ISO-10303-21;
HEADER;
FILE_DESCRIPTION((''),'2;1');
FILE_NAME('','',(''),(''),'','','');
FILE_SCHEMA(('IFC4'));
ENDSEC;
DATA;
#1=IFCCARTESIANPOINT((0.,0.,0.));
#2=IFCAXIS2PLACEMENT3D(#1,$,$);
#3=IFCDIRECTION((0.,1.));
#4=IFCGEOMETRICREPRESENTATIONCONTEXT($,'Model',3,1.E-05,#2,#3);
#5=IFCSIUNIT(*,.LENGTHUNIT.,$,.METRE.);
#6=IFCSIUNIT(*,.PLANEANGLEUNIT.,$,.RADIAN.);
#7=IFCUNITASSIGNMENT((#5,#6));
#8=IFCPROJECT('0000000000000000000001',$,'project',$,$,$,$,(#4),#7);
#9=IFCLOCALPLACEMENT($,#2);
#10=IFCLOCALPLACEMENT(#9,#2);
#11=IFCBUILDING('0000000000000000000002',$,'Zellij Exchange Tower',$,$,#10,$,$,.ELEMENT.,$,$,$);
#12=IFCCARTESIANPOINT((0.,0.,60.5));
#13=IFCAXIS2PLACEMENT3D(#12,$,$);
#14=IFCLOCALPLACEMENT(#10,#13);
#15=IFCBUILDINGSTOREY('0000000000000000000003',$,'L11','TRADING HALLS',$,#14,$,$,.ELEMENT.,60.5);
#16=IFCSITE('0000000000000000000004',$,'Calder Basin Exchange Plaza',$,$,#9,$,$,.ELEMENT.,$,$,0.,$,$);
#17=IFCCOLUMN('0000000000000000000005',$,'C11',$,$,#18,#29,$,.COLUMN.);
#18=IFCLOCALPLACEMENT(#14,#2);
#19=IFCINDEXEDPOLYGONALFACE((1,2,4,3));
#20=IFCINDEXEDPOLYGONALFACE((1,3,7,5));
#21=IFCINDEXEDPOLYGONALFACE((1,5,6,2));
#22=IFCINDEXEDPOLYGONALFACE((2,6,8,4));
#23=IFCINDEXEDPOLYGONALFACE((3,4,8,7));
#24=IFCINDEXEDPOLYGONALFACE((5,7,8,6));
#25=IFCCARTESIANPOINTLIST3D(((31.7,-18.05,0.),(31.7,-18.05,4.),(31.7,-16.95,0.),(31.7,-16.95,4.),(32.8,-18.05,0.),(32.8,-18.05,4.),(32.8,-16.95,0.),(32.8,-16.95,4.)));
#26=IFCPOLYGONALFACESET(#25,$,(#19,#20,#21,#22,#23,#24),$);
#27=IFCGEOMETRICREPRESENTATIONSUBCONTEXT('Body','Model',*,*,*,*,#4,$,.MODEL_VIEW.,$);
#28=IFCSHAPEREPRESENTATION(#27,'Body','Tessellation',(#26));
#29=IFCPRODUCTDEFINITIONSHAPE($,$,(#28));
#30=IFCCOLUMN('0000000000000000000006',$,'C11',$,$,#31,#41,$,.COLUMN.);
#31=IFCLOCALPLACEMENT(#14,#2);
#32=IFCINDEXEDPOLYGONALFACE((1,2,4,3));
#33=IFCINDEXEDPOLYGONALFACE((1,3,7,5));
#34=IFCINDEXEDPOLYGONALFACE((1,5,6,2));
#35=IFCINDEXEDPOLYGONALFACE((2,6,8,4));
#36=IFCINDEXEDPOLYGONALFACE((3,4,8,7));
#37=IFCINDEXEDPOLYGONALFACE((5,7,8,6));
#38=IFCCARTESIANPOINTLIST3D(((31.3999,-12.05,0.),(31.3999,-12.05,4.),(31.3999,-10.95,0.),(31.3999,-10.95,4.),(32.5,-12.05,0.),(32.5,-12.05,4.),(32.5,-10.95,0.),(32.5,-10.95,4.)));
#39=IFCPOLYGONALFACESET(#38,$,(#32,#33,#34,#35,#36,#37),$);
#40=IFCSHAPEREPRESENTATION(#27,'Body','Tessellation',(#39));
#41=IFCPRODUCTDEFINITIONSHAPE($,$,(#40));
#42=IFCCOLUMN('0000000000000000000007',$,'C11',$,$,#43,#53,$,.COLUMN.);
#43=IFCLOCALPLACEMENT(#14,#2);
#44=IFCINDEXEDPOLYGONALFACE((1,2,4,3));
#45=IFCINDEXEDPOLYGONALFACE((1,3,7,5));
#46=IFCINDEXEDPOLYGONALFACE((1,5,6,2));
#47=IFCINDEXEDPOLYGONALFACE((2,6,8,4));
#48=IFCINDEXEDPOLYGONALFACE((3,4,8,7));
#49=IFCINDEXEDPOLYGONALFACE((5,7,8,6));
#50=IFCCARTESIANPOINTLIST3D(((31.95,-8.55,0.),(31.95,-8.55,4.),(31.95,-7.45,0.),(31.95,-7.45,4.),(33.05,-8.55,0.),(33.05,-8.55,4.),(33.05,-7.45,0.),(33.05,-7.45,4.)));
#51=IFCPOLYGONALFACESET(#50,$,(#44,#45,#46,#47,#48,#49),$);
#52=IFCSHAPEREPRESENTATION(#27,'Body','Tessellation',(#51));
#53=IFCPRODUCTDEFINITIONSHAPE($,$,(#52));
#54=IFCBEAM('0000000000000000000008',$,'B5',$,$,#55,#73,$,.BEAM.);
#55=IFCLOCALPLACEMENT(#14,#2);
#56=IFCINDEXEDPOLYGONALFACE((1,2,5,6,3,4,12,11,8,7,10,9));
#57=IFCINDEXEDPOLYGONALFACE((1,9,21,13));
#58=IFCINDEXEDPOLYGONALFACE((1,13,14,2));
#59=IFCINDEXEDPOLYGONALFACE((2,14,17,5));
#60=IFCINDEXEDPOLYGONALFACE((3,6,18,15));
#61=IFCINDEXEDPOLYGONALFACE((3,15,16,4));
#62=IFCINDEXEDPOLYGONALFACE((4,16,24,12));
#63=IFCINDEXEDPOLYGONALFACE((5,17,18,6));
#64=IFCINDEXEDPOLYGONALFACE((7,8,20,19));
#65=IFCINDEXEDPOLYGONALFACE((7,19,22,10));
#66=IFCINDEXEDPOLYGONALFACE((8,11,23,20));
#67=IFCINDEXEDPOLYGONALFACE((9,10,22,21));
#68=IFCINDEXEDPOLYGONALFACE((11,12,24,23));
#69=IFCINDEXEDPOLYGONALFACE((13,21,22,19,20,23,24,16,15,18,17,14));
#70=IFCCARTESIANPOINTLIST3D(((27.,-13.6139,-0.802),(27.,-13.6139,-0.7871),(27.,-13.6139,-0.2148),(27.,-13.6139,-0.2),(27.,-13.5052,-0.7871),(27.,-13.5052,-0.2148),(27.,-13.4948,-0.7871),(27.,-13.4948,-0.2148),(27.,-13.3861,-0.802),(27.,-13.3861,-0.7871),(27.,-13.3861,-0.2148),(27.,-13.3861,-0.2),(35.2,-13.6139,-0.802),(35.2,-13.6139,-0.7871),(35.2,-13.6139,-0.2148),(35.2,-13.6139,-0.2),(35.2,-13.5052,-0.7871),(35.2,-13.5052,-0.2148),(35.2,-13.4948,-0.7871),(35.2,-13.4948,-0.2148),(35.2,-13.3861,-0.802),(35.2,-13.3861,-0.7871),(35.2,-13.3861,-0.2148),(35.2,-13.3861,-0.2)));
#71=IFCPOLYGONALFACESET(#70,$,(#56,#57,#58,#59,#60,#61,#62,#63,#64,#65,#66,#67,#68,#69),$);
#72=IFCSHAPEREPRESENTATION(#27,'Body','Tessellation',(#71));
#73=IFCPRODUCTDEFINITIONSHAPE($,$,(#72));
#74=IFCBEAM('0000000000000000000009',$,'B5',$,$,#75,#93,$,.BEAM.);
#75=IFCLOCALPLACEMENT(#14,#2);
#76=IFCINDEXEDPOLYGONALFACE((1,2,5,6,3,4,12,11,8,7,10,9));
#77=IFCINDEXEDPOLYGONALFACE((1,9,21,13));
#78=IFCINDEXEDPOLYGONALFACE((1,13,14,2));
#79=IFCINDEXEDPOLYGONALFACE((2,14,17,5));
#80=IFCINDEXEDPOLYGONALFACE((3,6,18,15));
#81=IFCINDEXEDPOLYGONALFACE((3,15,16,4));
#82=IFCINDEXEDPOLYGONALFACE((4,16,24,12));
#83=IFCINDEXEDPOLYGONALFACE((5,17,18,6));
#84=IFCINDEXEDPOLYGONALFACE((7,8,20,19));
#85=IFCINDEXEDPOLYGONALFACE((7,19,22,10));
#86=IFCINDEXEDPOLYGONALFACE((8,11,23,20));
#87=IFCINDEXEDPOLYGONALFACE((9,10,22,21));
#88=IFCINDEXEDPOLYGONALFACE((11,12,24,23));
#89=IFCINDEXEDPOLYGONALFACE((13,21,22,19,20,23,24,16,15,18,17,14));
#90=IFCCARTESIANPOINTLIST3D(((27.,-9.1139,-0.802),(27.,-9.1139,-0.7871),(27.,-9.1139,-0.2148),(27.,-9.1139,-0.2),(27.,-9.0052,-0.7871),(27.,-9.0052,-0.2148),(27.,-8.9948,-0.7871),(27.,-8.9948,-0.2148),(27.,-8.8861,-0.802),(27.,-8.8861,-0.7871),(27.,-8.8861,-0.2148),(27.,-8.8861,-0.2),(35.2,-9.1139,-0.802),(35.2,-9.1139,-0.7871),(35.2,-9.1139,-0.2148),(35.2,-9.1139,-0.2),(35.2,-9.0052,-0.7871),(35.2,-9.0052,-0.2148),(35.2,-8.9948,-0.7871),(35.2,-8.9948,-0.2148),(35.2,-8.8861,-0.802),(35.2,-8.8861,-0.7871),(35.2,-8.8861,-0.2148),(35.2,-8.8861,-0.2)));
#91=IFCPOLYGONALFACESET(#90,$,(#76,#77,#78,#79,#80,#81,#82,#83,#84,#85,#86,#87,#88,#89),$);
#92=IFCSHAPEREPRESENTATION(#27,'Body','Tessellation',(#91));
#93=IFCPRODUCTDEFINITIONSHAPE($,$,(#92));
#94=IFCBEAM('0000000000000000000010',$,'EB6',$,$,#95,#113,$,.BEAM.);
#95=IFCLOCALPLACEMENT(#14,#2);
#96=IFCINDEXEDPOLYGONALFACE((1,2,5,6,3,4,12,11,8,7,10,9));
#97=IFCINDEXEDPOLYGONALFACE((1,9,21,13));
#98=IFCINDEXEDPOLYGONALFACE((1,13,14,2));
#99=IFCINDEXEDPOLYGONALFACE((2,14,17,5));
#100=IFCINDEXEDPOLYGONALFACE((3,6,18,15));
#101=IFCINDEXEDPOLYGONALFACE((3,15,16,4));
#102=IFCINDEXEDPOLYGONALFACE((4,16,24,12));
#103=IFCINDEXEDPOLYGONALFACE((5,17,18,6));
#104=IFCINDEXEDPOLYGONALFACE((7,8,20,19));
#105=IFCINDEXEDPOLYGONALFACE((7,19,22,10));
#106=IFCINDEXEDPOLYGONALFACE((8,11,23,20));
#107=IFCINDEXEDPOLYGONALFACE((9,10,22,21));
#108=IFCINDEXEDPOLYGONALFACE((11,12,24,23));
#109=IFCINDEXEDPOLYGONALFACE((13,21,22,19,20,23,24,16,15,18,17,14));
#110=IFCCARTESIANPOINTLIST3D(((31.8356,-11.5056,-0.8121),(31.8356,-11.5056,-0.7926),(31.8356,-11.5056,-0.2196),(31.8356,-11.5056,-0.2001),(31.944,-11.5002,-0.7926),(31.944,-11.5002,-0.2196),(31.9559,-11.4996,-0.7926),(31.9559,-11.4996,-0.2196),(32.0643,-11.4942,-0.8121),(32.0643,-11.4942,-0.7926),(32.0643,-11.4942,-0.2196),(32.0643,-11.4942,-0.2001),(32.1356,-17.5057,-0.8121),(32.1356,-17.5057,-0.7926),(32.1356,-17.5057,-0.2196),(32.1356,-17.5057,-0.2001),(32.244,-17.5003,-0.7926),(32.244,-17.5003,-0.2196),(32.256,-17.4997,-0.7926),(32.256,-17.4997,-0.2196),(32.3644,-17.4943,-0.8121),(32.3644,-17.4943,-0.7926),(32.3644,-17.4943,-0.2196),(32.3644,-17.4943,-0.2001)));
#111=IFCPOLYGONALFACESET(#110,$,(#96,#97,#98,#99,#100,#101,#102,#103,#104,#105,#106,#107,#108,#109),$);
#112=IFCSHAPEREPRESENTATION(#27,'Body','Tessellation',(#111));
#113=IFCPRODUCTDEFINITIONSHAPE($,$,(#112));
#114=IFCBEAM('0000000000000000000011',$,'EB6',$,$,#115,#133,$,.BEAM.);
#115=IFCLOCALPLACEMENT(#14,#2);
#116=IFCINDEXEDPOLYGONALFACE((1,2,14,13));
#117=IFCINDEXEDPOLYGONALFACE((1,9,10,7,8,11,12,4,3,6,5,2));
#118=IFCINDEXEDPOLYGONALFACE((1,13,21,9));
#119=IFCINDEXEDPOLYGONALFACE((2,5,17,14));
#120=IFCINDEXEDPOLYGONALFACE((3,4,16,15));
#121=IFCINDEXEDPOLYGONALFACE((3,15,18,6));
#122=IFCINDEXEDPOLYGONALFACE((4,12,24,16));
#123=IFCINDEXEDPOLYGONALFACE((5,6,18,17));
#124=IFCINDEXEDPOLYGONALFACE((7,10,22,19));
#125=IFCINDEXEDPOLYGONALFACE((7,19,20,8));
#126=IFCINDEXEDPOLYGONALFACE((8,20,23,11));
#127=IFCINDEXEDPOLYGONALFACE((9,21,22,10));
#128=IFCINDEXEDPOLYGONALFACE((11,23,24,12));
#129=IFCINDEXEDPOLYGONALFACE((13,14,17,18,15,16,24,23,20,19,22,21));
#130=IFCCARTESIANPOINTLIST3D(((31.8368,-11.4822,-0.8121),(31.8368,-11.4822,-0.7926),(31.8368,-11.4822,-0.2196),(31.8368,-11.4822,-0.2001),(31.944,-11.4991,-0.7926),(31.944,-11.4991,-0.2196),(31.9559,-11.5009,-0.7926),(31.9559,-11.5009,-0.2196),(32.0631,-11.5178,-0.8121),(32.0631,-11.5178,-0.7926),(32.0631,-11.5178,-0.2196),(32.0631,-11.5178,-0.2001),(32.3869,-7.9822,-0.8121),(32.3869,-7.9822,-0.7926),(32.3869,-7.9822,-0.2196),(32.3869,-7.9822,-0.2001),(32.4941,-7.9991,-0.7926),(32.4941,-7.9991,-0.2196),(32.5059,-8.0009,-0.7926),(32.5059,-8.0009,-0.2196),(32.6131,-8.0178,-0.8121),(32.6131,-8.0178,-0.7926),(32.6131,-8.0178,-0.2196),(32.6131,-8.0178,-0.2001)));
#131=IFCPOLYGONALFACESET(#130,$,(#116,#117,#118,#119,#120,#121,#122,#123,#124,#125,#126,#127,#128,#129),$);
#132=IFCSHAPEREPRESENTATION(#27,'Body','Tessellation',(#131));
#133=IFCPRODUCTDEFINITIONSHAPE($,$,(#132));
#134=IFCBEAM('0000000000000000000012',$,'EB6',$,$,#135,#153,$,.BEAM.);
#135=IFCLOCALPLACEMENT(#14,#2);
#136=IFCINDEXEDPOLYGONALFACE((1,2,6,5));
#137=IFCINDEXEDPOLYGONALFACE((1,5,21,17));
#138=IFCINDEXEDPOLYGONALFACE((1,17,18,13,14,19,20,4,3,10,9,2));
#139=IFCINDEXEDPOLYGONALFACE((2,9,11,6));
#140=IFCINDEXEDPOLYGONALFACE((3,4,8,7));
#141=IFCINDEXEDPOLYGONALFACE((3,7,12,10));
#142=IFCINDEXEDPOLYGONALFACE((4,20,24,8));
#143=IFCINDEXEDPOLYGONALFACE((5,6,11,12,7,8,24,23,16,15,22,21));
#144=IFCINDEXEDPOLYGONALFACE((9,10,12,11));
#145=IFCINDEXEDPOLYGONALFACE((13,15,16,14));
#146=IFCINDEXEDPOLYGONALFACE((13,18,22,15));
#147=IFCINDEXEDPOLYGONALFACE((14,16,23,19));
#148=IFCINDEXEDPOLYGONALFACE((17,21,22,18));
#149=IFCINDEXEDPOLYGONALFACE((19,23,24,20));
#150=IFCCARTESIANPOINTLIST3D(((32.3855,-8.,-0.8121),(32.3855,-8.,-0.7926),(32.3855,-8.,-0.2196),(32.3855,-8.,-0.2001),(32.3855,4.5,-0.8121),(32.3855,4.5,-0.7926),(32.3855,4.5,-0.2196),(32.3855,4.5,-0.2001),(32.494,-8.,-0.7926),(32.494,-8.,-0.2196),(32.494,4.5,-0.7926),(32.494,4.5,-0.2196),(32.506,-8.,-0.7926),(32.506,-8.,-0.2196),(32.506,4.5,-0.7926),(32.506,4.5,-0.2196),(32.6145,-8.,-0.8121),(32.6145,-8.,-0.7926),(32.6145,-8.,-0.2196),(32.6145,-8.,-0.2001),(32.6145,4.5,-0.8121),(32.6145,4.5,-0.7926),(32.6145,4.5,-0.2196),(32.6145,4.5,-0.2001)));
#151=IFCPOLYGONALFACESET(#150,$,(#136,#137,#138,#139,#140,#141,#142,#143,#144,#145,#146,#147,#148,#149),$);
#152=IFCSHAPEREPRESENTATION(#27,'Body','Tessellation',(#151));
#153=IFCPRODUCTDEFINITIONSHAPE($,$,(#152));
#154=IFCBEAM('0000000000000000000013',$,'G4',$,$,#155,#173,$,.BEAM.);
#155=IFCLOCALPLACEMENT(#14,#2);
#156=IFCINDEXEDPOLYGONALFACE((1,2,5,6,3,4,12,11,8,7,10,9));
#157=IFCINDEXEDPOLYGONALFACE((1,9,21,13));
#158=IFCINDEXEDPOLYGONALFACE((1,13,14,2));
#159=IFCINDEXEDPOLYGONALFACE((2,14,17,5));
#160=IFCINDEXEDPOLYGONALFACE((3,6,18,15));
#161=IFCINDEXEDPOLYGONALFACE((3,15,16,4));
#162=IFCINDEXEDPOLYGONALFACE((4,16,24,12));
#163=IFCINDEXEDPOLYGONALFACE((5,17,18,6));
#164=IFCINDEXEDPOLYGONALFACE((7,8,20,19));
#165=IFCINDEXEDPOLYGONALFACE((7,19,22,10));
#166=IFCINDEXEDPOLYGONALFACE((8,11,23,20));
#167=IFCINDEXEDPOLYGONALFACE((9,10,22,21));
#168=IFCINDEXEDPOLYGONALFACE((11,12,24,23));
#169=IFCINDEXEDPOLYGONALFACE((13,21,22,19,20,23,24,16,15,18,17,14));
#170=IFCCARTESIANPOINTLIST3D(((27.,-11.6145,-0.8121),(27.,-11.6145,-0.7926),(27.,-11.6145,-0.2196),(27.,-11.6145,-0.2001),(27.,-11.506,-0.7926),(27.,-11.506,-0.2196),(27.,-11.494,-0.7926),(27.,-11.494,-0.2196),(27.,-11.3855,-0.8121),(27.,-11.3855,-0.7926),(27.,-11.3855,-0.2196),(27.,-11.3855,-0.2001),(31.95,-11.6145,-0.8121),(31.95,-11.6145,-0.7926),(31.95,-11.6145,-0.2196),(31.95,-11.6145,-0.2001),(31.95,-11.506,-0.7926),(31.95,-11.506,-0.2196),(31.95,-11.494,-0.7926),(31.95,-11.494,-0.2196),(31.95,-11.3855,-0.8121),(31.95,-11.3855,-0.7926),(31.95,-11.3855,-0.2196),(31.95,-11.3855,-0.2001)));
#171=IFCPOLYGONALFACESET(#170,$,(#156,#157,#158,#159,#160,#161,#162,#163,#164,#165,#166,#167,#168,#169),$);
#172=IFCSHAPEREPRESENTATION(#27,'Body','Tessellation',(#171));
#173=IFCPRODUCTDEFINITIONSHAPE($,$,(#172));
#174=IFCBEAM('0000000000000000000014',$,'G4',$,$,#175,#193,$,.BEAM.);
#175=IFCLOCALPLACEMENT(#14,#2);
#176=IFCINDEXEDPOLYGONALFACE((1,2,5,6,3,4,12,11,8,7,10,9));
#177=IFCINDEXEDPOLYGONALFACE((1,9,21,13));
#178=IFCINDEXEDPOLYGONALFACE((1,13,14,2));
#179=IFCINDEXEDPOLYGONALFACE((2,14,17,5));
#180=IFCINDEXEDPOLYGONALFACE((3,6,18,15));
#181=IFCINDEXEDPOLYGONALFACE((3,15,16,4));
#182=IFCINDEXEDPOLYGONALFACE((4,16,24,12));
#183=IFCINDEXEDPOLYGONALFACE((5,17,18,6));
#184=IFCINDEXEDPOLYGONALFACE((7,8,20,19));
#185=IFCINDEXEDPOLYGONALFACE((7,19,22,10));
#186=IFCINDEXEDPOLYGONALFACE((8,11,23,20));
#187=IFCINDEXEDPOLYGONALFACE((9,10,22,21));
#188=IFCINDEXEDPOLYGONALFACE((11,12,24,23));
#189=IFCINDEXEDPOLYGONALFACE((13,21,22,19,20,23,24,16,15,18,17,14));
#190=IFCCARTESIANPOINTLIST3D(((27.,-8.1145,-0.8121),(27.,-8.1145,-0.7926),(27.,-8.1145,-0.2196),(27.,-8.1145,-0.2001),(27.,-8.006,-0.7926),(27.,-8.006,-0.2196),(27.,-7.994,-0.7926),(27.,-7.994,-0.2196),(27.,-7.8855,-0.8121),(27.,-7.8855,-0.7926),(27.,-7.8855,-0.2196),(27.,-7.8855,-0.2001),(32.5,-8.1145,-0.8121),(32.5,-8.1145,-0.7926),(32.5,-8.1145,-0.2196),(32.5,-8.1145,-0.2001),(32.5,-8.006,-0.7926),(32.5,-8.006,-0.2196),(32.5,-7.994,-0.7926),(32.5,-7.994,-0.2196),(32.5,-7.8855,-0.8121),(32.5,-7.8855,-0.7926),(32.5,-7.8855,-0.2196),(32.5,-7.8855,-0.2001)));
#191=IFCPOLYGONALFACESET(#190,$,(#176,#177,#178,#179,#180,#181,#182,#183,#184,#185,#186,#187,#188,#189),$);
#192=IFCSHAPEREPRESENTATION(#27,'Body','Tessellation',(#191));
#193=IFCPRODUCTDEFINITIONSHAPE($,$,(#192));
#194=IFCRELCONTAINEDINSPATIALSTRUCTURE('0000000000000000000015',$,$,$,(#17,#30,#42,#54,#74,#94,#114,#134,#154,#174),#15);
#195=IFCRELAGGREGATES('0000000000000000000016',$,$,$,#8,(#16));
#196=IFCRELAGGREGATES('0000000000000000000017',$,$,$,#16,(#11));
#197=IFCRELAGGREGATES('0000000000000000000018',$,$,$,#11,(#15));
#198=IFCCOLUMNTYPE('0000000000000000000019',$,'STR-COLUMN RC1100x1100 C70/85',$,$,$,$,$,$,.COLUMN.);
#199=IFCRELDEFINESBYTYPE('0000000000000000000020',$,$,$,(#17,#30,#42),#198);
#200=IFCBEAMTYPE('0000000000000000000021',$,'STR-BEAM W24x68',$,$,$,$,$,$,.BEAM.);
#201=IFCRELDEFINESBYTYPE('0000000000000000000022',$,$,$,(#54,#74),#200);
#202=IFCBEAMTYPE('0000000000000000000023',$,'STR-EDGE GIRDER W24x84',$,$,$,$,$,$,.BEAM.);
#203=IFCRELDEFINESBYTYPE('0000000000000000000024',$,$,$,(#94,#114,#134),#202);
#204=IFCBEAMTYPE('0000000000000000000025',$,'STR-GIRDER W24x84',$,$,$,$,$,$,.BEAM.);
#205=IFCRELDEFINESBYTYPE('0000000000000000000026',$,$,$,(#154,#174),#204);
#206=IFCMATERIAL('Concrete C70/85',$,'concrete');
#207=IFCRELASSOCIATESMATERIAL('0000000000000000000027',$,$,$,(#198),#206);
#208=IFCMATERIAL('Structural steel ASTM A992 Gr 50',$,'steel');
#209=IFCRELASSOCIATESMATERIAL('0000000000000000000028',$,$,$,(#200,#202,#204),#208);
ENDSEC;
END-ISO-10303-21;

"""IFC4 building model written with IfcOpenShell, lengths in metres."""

from ifc_helpers import new_model, si_unit, direction, frame, origin, origin_2d, place, context, subcontext, project, spatial, rectangle, i_section, extrude, material, material_profile, profile_set, type_object, element, save


model = new_model("IFC4")

# Units and contexts
model_context = context("Model", 3, precision=1e-05, world=origin(), true_north=direction((0.0, 1.0)))
body_context = subcontext(model_context, "Body", "Model", "MODEL_VIEW")
ifc_project = project(units=[si_unit("LENGTHUNIT", "METRE"), si_unit("PLANEANGLEUNIT", "RADIAN")], contexts=[model_context])

# Site, building, storey
site_placement = place(None, origin())
site = spatial("IfcSite", under=ifc_project, at=site_placement, Name="Calder Basin Exchange Plaza", CompositionType="ELEMENT", RefElevation=0.0)
building_placement = place(site_placement, origin())
building = spatial("IfcBuilding", under=site, at=building_placement, Name="Zellij Exchange Tower", CompositionType="ELEMENT")
storey_placement = place(building_placement, frame((0.0, 0.0, 60.5)))
storey = spatial("IfcBuildingStorey", under=building, at=storey_placement, Name="L11", Description="TRADING HALLS", CompositionType="ELEMENT", Elevation=60.5)

# Columns
ifc_material_1 = material(Name="Concrete C70/85", Category="concrete")
ifc_material_profile_1 = material_profile(ifc_material_1, rectangle(XDim=1.1001, YDim=1.1001, at=origin_2d()), Name="STR-COLUMN RC1100x1100 C70/85")
ifc_profile_set_1 = profile_set([ifc_material_profile_1], Name="Concrete C70/85")
column_type = type_object("IfcColumnType", Name="STR-COLUMN RC1100x1100 C70/85", PredefinedType="COLUMN", material=ifc_profile_set_1)
for number, where, z_axis, x_axis, name in (
    (1, (32.25, -17.5, 0.0), (0.0, 0.0, 1.0), (1.0, 0.0, 0.0), "C11"),
    (2, (31.95, -11.5, 0.0), (0.0, 0.0, 1.0), (1.0, 0.0, 0.0), "C11"),
    (3, (32.5, -8.0, 0.0), (0.0, 0.0, 1.0), (1.0, 0.0, 0.0), "C11"),
):
    element("IfcColumn", number, at=place(storey_placement, frame(where, z_axis=z_axis, x_axis=x_axis)), inside=storey, type_object=column_type, Name=name, PredefinedType="COLUMN", context=body_context, shape_type="SweptSolid", body=[
        extrude(rectangle(XDim=1.1001, YDim=1.1001, at=origin_2d()), origin(), (0.0, 0.0, 1.0), 4.0),
    ])

# Beams
ifc_material_2 = material(Name="Structural steel ASTM A992 Gr 50", Category="steel")
ifc_material_profile_2 = material_profile(ifc_material_2, i_section(OverallWidth=0.2278, OverallDepth=0.6021, WebThickness=0.0105, FlangeThickness=0.0149, at=origin_2d()), Name="W24x68")
ifc_profile_set_2 = profile_set([ifc_material_profile_2], Name="Structural steel ASTM A992 Gr 50")
beam_type_1 = type_object("IfcBeamType", Name="STR-BEAM W24x68", PredefinedType="BEAM", material=ifc_profile_set_2)
for number, where, z_axis, x_axis, name in (
    (4, (27.0, -13.5, -0.501), (1.0, 0.0, 0.0), (0.0, 1.0, 0.0), "B5"),
    (5, (27.0, -9.0, -0.501), (1.0, 0.0, 0.0), (0.0, 1.0, 0.0), "B5"),
):
    element("IfcBeam", number, at=place(storey_placement, frame(where, z_axis=z_axis, x_axis=x_axis)), inside=storey, type_object=beam_type_1, Name=name, PredefinedType="BEAM", context=body_context, shape_type="SweptSolid", body=[
        extrude(i_section(OverallWidth=0.2278, OverallDepth=0.6021, WebThickness=0.0105, FlangeThickness=0.0149, at=origin_2d()), origin(), (0.0, 0.0, 1.0), 8.2),
    ])
ifc_material_profile_3 = material_profile(ifc_material_2, i_section(OverallWidth=0.229, OverallDepth=0.6121, WebThickness=0.012, FlangeThickness=0.0195, at=origin_2d()), Name="W24x84")
ifc_profile_set_3 = profile_set([ifc_material_profile_3], Name="Structural steel ASTM A992 Gr 50")
beam_type_2 = type_object("IfcBeamType", Name="STR-EDGE GIRDER W24x84", PredefinedType="BEAM", material=ifc_profile_set_3)
beam_1_placement = place(storey_placement, frame((32.25, -17.5, -0.5061), z_axis=(-0.049946, 0.998752, 0.0), x_axis=(-0.998752, -0.049946, 0.0)))
element("IfcBeam", 6, at=beam_1_placement, inside=storey, type_object=beam_type_2, Name="EB6", PredefinedType="BEAM", context=body_context, shape_type="SweptSolid", body=[
    extrude(i_section(OverallWidth=0.229, OverallDepth=0.6121, WebThickness=0.012, FlangeThickness=0.0195, at=origin_2d()), origin(), (0.0, 0.0, 1.0), 6.0076),
])
beam_2_placement = place(storey_placement, frame((31.95, -11.5, -0.5061), z_axis=(0.155251, 0.987875, 0.0), x_axis=(-0.987875, 0.155251, 0.0)))
element("IfcBeam", 7, at=beam_2_placement, inside=storey, type_object=beam_type_2, Name="EB6", PredefinedType="BEAM", context=body_context, shape_type="SweptSolid", body=[
    extrude(i_section(OverallWidth=0.229, OverallDepth=0.6121, WebThickness=0.012, FlangeThickness=0.0195, at=origin_2d()), origin(), (0.0, 0.0, 1.0), 3.543),
])
beam_3_placement = place(storey_placement, frame((32.5, -8.0, -0.5061), z_axis=(0.0, 1.0, 0.0), x_axis=(-1.0, 0.0, 0.0)))
element("IfcBeam", 8, at=beam_3_placement, inside=storey, type_object=beam_type_2, Name="EB6", PredefinedType="BEAM", context=body_context, shape_type="SweptSolid", body=[
    extrude(i_section(OverallWidth=0.229, OverallDepth=0.6121, WebThickness=0.012, FlangeThickness=0.0195, at=origin_2d()), origin(), (0.0, 0.0, 1.0), 12.5),
])
ifc_material_profile_4 = material_profile(ifc_material_2, i_section(OverallWidth=0.229, OverallDepth=0.6121, WebThickness=0.012, FlangeThickness=0.0195, at=origin_2d()), Name="W24x84")
ifc_profile_set_4 = profile_set([ifc_material_profile_4], Name="Structural steel ASTM A992 Gr 50")
beam_type_3 = type_object("IfcBeamType", Name="STR-GIRDER W24x84", PredefinedType="BEAM", material=ifc_profile_set_4)
beam_4_placement = place(storey_placement, frame((27.0, -11.5, -0.5061), z_axis=(1.0, 0.0, 0.0), x_axis=(0.0, 1.0, 0.0)))
element("IfcBeam", 9, at=beam_4_placement, inside=storey, type_object=beam_type_3, Name="G4", PredefinedType="BEAM", context=body_context, shape_type="SweptSolid", body=[
    extrude(i_section(OverallWidth=0.229, OverallDepth=0.6121, WebThickness=0.012, FlangeThickness=0.0195, at=origin_2d()), origin(), (0.0, 0.0, 1.0), 4.95),
])
beam_5_placement = place(storey_placement, frame((27.0, -8.0, -0.5061), z_axis=(1.0, 0.0, 0.0), x_axis=(0.0, 1.0, 0.0)))
element("IfcBeam", 10, at=beam_5_placement, inside=storey, type_object=beam_type_3, Name="G4", PredefinedType="BEAM", context=body_context, shape_type="SweptSolid", body=[
    extrude(i_section(OverallWidth=0.229, OverallDepth=0.6121, WebThickness=0.012, FlangeThickness=0.0195, at=origin_2d()), origin(), (0.0, 0.0, 1.0), 5.5),
])

save(model, "model.ifc")
